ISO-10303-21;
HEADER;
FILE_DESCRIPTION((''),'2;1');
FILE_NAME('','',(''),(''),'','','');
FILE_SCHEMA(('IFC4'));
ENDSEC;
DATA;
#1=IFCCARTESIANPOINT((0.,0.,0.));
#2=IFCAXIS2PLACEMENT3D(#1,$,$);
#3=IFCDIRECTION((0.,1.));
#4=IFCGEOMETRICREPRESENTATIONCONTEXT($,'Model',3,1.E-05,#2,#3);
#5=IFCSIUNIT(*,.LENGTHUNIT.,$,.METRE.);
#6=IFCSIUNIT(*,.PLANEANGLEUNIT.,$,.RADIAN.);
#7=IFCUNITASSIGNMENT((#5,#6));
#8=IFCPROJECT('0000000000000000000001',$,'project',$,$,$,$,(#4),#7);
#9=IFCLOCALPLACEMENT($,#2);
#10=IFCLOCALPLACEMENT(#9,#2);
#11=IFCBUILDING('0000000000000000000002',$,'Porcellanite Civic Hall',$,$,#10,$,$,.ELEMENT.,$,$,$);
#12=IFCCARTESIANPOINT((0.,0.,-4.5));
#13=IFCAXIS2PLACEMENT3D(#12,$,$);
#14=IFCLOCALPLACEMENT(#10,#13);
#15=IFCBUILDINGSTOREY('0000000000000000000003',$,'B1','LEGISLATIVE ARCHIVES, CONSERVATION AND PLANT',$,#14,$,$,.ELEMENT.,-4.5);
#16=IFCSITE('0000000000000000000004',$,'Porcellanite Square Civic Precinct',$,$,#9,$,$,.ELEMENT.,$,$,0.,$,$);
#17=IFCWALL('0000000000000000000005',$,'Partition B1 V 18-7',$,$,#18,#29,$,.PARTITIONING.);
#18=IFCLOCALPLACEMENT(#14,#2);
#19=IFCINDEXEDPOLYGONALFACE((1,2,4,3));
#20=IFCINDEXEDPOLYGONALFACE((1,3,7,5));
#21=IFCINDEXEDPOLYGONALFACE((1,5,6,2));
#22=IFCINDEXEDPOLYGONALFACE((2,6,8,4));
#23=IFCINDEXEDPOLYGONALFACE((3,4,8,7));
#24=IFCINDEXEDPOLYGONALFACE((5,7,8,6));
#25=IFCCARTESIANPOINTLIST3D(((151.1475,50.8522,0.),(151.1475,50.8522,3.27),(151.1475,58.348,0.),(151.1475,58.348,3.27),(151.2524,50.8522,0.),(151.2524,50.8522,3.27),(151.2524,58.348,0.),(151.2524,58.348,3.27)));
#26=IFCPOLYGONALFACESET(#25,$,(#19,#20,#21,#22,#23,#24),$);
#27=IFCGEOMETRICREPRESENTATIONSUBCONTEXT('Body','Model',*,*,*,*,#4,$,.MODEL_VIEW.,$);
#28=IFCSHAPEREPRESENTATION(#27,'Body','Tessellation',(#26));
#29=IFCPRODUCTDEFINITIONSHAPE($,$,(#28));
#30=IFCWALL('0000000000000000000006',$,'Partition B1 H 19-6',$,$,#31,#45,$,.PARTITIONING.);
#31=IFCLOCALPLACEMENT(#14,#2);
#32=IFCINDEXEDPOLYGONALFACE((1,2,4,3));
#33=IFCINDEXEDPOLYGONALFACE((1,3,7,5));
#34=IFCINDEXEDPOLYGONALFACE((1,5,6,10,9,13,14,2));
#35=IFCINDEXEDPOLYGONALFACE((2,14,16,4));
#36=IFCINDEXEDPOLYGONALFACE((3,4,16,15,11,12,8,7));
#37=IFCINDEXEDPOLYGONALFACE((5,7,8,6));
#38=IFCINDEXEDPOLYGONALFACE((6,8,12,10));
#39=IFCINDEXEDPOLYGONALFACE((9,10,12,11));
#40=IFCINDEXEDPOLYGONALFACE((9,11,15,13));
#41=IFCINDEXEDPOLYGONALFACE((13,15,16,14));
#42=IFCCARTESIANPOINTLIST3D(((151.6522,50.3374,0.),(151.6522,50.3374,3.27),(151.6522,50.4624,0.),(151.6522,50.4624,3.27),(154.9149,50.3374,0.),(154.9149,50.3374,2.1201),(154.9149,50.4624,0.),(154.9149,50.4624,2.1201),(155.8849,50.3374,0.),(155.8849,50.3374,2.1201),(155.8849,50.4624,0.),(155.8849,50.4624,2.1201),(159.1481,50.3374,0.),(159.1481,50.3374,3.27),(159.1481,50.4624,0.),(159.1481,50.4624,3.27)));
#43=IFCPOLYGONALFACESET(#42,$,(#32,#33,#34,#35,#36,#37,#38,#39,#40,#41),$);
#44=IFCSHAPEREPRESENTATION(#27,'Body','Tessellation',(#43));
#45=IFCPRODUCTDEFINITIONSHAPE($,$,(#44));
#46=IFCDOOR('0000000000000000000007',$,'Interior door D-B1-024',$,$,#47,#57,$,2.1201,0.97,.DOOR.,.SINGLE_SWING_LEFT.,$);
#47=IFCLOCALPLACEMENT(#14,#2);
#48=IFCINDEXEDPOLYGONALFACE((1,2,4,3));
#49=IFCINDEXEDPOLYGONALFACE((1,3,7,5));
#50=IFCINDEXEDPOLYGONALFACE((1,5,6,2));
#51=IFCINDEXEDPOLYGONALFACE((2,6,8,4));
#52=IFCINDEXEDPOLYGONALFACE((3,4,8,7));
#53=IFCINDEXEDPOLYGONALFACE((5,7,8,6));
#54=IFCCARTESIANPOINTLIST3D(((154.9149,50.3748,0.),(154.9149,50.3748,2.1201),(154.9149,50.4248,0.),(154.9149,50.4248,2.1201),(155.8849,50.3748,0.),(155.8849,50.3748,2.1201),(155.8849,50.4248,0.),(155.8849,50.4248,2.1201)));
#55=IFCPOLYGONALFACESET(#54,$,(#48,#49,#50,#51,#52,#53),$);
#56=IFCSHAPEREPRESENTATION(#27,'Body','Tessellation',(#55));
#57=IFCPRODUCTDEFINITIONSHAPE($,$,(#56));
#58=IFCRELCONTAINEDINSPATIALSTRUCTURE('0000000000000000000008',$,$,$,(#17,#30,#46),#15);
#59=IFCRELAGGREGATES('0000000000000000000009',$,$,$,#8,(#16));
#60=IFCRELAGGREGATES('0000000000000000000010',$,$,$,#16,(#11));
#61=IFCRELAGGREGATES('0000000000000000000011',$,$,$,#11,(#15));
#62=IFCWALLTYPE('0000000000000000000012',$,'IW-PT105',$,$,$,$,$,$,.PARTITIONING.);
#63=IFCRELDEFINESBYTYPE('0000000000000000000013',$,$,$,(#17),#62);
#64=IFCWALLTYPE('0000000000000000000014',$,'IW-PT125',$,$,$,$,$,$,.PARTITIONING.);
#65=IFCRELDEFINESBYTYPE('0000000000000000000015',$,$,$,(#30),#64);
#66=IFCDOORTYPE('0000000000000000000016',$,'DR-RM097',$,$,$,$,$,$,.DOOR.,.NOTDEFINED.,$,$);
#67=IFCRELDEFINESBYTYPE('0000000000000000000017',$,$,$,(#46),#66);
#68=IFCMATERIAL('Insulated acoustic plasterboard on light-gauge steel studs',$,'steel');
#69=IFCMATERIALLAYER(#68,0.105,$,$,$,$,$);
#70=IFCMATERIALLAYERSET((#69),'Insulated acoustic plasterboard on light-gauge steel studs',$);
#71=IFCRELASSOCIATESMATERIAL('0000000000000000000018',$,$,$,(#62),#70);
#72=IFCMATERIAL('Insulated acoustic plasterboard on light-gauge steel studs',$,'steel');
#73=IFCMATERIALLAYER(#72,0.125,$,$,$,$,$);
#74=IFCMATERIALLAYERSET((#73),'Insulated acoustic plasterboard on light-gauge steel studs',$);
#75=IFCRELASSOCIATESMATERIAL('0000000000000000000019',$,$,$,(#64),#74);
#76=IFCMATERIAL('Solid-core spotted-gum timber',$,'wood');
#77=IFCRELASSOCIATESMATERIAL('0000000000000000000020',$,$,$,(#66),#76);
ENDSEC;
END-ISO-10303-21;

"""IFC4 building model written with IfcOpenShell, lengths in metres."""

from ifc_helpers import new_model, si_unit, direction, frame, frame_2d, origin, place, context, subcontext, project, spatial, rectangle, extrude, material, layer, layer_set, type_object, element, fill, save


model = new_model("IFC4")

# Units and contexts
model_context = context("Model", 3, precision=1e-05, world=origin(), true_north=direction((0.0, 1.0)))
body_context = subcontext(model_context, "Body", "Model", "MODEL_VIEW")
ifc_project = project(units=[si_unit("LENGTHUNIT", "METRE"), si_unit("PLANEANGLEUNIT", "RADIAN")], contexts=[model_context])

# Site, building, storey
site_placement = place(None, origin())
site = spatial("IfcSite", under=ifc_project, at=site_placement, Name="Porcellanite Square Civic Precinct", CompositionType="ELEMENT", RefElevation=0.0)
building_placement = place(site_placement, origin())
building = spatial("IfcBuilding", under=site, at=building_placement, Name="Porcellanite Civic Hall", CompositionType="ELEMENT")
storey_placement = place(building_placement, frame((0.0, 0.0, -4.5)))
storey = spatial("IfcBuildingStorey", under=building, at=storey_placement, Name="B1", Description="LEGISLATIVE ARCHIVES, CONSERVATION AND PLANT", CompositionType="ELEMENT", Elevation=-4.5)

# Wall
ifc_material_1 = material(Name="Insulated acoustic plasterboard on light-gauge steel studs", Category="steel")
ifc_layer_1 = layer(ifc_material_1, 0.105)
ifc_layer_set_1 = layer_set([ifc_layer_1], Name="Insulated acoustic plasterboard on light-gauge steel studs")
wall_type_1 = type_object("IfcWallType", Name="IW-PT105", PredefinedType="PARTITIONING", material=ifc_layer_set_1)
wall_1_placement = place(storey_placement, frame((151.2, 50.8521, 0.0), z_axis=(0.0, 0.0, 1.0), x_axis=(0.0, 1.0, 0.0)))
element("IfcWall", 1, at=wall_1_placement, inside=storey, type_object=wall_type_1, Name="Partition B1 V 18-7", PredefinedType="PARTITIONING", context=body_context, shape_type="SweptSolid", body=[
    extrude(rectangle(XDim=7.4958, YDim=0.105, at=frame_2d((3.748, 0.0))), origin(), (0.0, 0.0, 1.0), 3.27),
])

# Wall, opening, door
ifc_material_2 = material(Name="Insulated acoustic plasterboard on light-gauge steel studs", Category="steel")
ifc_layer_2 = layer(ifc_material_2, 0.125)
ifc_layer_set_2 = layer_set([ifc_layer_2], Name="Insulated acoustic plasterboard on light-gauge steel studs")
wall_type_2 = type_object("IfcWallType", Name="IW-PT125", PredefinedType="PARTITIONING", material=ifc_layer_set_2)
wall_2_placement = place(storey_placement, frame((151.6521, 50.3999, 0.0), z_axis=(0.0, 0.0, 1.0), x_axis=(1.0, 0.0, 0.0)))
wall_2 = element("IfcWall", 2, at=wall_2_placement, inside=storey, type_object=wall_type_2, Name="Partition B1 H 19-6", PredefinedType="PARTITIONING", context=body_context, shape_type="SweptSolid", body=[
    extrude(rectangle(XDim=7.4958, YDim=0.125, at=frame_2d((3.748, 0.0))), origin(), (0.0, 0.0, 1.0), 3.27),
])
opening_placement = place(wall_2_placement, frame((3.2629, 0.0, 0.0)))
opening = element("IfcOpeningElement", 3, at=opening_placement, cuts=wall_2, PredefinedType="OPENING", context=body_context, shape_type="SweptSolid", body=[
    extrude(rectangle(XDim=0.97, YDim=2.1201, at=frame_2d((0.4849, 1.0601))), frame((0.0, 0.0625, 0.0), z_axis=(0.0, -1.0, 0.0), x_axis=(1.0, 0.0, 0.0)), (0.0, 0.0, 1.0), 0.125),
])
ifc_material_3 = material(Name="Solid-core spotted-gum timber", Category="wood")
door_type = type_object("IfcDoorType", Name="DR-RM097", OperationType="NOTDEFINED", PredefinedType="DOOR", material=ifc_material_3)
door_placement = place(opening_placement, origin())
door = element("IfcDoor", 4, at=door_placement, inside=storey, type_object=door_type, Name="Interior door D-B1-024", OperationType="SINGLE_SWING_LEFT", OverallHeight=2.1201, OverallWidth=0.97, PredefinedType="DOOR", context=body_context, shape_type="SweptSolid", body=[
    extrude(rectangle(XDim=0.97, YDim=2.1201, at=frame_2d((0.4849, 1.0601))), frame((0.0, 0.0249, 0.0), z_axis=(0.0, -1.0, 0.0), x_axis=(1.0, 0.0, 0.0)), (0.0, 0.0, 1.0), 0.05),
])
fill(opening, door)

save(model, "model.ifc")
